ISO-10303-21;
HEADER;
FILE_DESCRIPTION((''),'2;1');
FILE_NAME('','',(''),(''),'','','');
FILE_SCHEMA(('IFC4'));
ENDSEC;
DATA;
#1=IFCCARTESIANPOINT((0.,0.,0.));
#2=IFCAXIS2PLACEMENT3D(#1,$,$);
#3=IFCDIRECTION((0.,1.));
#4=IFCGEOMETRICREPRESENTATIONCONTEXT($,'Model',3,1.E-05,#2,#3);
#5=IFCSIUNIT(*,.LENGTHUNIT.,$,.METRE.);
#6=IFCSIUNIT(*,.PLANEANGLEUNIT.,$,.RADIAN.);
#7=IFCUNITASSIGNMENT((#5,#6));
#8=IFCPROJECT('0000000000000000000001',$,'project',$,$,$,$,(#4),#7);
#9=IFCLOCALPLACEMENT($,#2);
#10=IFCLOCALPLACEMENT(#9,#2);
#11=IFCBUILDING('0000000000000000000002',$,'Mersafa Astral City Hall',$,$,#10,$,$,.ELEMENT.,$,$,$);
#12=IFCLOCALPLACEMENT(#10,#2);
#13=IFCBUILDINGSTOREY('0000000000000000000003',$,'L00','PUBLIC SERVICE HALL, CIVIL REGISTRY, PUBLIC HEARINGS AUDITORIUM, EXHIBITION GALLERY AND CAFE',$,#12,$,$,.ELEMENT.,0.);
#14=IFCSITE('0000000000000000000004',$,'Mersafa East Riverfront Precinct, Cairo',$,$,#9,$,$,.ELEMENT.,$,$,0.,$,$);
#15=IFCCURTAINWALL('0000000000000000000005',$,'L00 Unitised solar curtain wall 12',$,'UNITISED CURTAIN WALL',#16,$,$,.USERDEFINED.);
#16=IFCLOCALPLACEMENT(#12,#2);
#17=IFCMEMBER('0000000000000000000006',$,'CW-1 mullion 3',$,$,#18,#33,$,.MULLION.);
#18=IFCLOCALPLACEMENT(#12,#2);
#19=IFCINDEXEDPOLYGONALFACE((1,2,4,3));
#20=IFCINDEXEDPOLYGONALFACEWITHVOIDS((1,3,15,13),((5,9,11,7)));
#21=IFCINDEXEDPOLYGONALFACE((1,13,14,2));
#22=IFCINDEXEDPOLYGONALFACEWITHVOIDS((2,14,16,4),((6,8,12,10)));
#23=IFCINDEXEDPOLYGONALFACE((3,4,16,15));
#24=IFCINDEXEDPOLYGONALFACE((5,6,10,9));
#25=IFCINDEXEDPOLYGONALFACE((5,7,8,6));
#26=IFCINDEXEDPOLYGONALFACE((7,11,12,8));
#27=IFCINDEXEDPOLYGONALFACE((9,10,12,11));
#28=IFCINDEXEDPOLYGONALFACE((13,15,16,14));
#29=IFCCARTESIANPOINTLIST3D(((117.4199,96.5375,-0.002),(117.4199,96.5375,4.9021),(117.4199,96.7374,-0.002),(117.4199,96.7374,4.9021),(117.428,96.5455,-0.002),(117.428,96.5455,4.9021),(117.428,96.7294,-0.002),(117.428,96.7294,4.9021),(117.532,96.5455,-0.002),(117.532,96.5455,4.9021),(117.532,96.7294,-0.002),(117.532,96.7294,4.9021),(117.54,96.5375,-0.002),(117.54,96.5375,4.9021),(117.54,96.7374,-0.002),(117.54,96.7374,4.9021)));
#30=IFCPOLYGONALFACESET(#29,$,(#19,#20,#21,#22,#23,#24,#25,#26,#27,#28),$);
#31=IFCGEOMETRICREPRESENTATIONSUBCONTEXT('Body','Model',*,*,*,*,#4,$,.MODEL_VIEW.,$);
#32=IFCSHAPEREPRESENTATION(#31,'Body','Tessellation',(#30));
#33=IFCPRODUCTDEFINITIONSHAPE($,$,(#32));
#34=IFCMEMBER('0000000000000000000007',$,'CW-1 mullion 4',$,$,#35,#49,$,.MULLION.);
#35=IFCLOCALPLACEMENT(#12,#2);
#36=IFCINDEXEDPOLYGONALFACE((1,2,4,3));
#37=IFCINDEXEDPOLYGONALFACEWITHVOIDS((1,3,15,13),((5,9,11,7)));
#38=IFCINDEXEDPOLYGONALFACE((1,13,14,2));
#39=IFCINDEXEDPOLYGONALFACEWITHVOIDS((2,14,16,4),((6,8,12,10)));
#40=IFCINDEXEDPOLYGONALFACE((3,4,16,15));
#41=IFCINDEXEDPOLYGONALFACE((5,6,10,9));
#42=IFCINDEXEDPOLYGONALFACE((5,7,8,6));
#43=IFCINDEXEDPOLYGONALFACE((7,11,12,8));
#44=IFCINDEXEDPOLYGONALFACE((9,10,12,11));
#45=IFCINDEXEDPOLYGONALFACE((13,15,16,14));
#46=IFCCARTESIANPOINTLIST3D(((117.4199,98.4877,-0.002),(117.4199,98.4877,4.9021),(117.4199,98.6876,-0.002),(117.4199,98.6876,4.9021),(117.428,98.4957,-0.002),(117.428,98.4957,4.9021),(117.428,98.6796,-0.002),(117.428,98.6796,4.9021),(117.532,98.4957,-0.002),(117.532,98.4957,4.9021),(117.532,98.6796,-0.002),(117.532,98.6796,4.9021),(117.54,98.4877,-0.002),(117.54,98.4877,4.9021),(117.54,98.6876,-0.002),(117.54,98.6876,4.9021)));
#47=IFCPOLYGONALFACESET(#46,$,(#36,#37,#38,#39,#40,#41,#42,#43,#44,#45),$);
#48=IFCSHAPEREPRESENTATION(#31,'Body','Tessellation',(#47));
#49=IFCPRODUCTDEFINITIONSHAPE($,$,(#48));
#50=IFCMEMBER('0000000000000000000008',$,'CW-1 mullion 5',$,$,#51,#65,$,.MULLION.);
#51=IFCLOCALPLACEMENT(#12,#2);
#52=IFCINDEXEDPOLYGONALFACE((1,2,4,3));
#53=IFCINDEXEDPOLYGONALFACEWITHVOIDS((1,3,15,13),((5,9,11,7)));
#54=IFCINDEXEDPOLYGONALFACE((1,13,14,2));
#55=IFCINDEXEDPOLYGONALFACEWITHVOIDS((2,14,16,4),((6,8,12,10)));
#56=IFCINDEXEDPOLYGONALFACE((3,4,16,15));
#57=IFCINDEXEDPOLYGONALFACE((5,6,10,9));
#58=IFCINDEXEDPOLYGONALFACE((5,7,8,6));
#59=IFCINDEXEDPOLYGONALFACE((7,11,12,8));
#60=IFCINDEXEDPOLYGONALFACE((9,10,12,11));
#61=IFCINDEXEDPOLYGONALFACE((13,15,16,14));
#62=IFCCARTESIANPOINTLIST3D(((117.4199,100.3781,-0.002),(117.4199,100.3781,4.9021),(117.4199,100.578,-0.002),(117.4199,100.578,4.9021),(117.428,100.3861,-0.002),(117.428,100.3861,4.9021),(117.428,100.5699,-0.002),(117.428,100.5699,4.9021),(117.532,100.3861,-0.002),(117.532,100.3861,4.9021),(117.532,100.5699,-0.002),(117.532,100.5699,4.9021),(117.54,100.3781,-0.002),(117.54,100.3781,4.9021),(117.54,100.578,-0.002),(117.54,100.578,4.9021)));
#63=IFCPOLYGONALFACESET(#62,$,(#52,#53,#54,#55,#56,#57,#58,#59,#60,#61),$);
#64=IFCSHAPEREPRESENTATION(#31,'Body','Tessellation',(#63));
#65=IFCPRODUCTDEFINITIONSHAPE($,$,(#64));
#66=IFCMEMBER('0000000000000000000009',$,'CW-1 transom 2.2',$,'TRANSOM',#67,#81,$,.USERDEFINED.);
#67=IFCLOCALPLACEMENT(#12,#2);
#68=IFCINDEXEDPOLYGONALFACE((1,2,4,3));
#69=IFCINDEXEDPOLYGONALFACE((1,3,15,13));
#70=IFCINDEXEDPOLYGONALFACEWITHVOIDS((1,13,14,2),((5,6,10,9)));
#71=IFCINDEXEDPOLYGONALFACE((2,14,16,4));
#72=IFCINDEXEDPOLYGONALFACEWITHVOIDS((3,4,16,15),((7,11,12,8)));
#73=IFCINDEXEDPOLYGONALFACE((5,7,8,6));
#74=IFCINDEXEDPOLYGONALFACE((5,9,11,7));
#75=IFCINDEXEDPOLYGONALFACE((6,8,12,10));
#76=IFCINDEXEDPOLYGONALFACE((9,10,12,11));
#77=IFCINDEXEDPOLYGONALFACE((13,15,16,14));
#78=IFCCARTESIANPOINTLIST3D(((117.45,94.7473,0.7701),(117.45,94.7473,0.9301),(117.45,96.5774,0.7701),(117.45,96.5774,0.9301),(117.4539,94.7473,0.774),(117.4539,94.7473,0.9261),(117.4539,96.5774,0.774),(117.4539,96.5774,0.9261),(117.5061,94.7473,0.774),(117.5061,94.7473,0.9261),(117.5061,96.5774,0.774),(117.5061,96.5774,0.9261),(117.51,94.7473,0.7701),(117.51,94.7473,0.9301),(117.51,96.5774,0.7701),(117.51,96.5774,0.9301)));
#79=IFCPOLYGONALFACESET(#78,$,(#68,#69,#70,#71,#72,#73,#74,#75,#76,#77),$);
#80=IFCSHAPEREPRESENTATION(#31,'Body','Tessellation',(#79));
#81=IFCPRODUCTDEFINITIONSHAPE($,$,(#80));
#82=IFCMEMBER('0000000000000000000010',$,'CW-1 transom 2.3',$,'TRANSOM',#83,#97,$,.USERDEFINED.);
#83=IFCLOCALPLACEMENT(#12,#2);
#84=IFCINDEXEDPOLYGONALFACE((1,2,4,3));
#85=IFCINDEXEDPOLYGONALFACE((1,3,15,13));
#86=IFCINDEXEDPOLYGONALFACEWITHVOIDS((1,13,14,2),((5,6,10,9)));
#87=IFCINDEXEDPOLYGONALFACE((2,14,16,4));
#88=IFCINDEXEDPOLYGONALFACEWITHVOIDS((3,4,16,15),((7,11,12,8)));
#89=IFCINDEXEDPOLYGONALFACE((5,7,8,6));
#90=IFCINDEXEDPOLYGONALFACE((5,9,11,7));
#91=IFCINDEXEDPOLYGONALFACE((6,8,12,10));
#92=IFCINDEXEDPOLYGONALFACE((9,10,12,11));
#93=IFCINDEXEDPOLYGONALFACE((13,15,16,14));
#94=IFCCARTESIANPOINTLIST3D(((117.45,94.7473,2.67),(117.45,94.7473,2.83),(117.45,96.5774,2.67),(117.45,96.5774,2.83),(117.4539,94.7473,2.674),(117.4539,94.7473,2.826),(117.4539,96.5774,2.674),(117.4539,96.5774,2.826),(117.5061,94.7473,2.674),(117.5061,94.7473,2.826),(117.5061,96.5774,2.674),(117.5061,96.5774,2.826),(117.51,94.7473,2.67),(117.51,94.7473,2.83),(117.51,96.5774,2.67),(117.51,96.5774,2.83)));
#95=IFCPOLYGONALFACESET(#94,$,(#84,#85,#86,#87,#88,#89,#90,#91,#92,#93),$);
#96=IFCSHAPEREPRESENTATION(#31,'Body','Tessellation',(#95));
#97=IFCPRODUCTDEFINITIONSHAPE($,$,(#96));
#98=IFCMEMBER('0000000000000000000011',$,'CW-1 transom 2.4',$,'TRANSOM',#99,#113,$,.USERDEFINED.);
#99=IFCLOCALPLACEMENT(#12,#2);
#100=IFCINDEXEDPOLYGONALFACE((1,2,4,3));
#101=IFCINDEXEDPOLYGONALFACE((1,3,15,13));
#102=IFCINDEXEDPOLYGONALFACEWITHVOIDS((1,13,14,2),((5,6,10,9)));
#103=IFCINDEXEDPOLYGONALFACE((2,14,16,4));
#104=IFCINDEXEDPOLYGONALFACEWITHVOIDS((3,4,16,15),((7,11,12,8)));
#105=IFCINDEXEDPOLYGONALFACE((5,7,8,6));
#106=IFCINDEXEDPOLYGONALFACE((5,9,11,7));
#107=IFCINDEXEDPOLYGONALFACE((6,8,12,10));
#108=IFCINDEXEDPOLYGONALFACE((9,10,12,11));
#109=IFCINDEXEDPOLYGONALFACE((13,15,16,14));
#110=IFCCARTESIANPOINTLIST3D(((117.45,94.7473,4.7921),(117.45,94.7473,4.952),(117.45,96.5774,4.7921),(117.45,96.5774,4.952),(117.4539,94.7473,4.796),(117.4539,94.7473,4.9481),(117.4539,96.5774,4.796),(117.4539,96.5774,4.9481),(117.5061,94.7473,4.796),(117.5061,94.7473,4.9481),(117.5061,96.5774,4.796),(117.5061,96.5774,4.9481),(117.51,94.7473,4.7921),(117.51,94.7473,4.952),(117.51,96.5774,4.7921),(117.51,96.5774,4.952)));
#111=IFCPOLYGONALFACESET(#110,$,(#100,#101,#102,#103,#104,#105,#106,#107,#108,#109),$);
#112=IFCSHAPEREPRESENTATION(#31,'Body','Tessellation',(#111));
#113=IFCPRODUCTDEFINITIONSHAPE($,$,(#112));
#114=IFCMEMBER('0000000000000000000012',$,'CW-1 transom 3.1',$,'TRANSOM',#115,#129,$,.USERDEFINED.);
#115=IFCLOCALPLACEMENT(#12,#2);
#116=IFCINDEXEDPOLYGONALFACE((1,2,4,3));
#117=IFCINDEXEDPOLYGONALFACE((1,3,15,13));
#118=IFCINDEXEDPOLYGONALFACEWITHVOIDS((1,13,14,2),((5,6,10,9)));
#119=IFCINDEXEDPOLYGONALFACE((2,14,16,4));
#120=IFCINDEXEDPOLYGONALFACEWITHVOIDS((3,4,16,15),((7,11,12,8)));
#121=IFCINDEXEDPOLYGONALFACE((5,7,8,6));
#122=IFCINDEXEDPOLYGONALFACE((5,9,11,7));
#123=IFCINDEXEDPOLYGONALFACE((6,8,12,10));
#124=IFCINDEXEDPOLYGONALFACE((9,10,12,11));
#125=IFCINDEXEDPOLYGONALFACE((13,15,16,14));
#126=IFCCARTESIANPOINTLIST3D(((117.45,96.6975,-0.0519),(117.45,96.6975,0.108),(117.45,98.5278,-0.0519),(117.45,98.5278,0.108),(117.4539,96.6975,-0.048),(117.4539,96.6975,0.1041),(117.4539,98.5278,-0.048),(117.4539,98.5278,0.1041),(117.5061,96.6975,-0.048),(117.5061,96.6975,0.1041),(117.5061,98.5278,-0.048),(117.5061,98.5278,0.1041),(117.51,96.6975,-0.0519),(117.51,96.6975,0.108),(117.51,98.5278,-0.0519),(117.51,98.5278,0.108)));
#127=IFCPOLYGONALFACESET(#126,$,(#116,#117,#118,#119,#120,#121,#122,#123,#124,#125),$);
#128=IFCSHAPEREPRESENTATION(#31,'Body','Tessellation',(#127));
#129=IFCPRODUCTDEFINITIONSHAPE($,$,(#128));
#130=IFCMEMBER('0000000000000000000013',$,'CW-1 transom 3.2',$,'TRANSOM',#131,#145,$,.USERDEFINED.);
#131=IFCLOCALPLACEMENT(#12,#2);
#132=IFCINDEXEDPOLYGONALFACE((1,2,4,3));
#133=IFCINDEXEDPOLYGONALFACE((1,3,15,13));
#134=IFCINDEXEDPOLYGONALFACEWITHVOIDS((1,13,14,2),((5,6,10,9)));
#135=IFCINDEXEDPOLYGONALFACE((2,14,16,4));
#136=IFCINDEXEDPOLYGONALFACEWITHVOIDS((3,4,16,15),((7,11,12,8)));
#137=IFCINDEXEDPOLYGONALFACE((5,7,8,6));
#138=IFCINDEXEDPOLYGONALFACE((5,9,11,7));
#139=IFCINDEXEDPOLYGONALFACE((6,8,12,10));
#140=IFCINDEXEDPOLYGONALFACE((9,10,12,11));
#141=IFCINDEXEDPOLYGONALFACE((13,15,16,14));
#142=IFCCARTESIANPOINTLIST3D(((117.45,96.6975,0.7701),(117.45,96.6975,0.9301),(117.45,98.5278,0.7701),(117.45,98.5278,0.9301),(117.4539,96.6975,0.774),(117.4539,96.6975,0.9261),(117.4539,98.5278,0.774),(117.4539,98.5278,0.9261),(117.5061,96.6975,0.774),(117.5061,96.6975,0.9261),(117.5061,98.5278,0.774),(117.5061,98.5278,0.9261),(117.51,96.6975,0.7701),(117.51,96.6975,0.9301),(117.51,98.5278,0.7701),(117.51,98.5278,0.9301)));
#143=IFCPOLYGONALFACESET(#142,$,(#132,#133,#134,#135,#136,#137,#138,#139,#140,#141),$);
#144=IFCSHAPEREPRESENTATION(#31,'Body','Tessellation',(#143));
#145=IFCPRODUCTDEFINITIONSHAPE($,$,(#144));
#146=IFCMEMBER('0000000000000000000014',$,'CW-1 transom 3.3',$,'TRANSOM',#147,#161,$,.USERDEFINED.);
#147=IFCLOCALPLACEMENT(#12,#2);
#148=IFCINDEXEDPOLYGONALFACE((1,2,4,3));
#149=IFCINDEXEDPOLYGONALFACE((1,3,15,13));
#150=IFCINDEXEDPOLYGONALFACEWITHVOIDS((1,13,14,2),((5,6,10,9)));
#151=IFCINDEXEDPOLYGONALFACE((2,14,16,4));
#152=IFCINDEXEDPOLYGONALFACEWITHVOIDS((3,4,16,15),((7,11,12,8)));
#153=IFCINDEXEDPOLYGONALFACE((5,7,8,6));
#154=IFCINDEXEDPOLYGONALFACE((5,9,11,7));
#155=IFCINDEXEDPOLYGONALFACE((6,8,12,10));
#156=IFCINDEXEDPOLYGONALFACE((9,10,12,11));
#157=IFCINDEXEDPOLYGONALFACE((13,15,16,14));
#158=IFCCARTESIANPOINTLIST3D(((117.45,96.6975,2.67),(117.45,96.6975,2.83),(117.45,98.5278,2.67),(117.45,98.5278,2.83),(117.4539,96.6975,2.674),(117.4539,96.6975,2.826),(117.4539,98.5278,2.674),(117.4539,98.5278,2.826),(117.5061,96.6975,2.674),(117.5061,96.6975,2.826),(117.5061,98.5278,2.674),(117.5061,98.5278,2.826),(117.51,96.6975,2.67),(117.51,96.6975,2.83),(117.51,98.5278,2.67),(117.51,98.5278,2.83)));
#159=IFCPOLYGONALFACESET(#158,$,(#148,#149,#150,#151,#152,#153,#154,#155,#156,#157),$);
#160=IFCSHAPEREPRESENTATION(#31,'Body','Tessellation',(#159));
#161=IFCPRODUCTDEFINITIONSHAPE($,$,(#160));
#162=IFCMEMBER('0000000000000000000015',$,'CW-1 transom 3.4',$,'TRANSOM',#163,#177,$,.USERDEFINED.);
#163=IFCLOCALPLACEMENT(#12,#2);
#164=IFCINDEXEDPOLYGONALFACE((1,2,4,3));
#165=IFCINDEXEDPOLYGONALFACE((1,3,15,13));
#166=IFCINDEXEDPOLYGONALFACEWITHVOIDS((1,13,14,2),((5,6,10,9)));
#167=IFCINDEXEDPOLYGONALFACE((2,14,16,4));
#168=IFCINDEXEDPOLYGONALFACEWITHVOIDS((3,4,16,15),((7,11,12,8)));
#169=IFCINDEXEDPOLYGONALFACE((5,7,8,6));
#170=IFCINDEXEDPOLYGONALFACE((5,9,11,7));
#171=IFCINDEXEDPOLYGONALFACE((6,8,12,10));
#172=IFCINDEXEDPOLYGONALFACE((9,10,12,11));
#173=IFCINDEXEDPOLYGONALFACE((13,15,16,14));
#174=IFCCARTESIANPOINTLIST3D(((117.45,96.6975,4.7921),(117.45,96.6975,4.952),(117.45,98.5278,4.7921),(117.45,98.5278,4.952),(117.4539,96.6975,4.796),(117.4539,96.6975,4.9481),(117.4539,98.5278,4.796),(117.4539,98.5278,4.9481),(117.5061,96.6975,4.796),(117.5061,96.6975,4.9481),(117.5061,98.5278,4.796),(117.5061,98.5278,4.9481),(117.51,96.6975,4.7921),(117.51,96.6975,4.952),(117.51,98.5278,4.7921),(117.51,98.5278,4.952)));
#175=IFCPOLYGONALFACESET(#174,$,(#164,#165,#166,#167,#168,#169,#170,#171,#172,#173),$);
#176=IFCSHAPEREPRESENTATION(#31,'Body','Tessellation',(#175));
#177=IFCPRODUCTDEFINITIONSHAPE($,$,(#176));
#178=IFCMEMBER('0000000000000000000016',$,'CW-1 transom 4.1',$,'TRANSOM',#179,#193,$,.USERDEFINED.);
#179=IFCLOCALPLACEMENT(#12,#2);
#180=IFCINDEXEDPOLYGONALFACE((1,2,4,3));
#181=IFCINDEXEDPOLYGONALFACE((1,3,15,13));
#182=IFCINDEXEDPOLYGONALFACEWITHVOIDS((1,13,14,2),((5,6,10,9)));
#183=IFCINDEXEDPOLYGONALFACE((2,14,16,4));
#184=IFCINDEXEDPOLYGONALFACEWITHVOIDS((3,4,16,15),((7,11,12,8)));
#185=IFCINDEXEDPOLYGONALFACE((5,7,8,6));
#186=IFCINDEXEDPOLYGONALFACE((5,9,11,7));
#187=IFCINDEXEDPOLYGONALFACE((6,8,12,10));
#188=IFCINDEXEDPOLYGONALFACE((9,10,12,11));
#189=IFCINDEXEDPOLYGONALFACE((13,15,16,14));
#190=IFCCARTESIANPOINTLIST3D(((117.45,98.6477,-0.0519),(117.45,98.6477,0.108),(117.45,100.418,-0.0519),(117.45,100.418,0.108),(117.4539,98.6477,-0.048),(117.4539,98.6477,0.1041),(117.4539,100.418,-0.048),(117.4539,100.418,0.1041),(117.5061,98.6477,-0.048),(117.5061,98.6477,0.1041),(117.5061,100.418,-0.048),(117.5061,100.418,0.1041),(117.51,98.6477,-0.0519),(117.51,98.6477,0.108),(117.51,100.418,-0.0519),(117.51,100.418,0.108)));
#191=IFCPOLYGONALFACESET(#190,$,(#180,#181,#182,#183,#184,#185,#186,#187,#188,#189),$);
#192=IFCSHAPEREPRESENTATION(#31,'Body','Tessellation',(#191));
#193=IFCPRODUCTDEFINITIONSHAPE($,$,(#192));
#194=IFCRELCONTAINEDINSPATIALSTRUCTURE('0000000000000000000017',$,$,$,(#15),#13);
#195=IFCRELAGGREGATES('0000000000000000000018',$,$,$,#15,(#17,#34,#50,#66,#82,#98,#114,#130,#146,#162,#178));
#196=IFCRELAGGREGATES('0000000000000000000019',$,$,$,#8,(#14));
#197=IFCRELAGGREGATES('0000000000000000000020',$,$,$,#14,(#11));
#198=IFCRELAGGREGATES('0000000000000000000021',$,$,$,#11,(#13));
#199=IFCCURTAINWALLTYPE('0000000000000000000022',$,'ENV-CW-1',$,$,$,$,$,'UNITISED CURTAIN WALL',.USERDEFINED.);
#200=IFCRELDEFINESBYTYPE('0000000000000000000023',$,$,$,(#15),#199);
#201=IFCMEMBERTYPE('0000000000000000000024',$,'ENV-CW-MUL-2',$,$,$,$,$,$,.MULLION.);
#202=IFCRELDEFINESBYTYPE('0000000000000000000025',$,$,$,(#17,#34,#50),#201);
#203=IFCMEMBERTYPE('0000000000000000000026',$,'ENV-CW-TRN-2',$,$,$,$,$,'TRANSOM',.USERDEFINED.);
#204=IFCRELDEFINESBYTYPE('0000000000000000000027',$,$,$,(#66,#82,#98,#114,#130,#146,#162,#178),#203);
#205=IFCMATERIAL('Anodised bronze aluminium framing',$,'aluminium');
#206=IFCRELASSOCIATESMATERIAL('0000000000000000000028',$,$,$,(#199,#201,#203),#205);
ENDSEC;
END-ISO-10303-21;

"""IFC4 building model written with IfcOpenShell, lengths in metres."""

from ifc_helpers import new_model, si_unit, direction, frame, origin, origin_2d, place, context, subcontext, project, spatial, hollow_rectangle, extrude, material, material_profile, profile_set, type_object, element, aggregate, save


model = new_model("IFC4")

# Units and contexts
model_context = context("Model", 3, precision=1e-05, world=origin(), true_north=direction((0.0, 1.0)))
body_context = subcontext(model_context, "Body", "Model", "MODEL_VIEW")
ifc_project = project(units=[si_unit("LENGTHUNIT", "METRE"), si_unit("PLANEANGLEUNIT", "RADIAN")], contexts=[model_context])

# Site, building, storey
site_placement = place(None, origin())
site = spatial("IfcSite", under=ifc_project, at=site_placement, Name="Mersafa East Riverfront Precinct, Cairo", CompositionType="ELEMENT", RefElevation=0.0)
building_placement = place(site_placement, origin())
building = spatial("IfcBuilding", under=site, at=building_placement, Name="Mersafa Astral City Hall", CompositionType="ELEMENT")
storey_placement = place(building_placement, origin())
storey = spatial("IfcBuildingStorey", under=building, at=storey_placement, Name="L00", Description="PUBLIC SERVICE HALL, CIVIL REGISTRY, PUBLIC HEARINGS AUDITORIUM, EXHIBITION GALLERY AND CAFE", CompositionType="ELEMENT", Elevation=0.0)

# Curtain wall, members
ifc_material_1 = material(Name="Anodised bronze aluminium framing", Category="aluminium")
curtain_wall_type = type_object("IfcCurtainWallType", Name="ENV-CW-1", ElementType="UNITISED CURTAIN WALL", PredefinedType="USERDEFINED", material=ifc_material_1)
curtain_wall_placement = place(storey_placement, origin())
curtain_wall = element("IfcCurtainWall", 1, at=curtain_wall_placement, inside=storey, type_object=curtain_wall_type, Name="L00 Unitised solar curtain wall 12", ObjectType="UNITISED CURTAIN WALL", PredefinedType="USERDEFINED")
ifc_material_profile_1 = material_profile(ifc_material_1, hollow_rectangle(XDim=0.1201, YDim=0.2, WallThickness=0.0081, at=origin_2d()), Name="RHS 120x200x8")
ifc_profile_set_1 = profile_set([ifc_material_profile_1], Name="Anodised bronze aluminium framing")
member_type_1 = type_object("IfcMemberType", Name="ENV-CW-MUL-2", PredefinedType="MULLION", material=ifc_profile_set_1)
member_1_placement = place(storey_placement, frame((117.48, 96.6375, -0.002), z_axis=(0.0, 0.0, 1.0), x_axis=(-1.0, 0.0, 0.0)))
member_1 = element("IfcMember", 2, at=member_1_placement, type_object=member_type_1, Name="CW-1 mullion 3", PredefinedType="MULLION", context=body_context, shape_type="SweptSolid", body=[
    extrude(hollow_rectangle(XDim=0.1201, YDim=0.2, WallThickness=0.0081, at=origin_2d()), origin(), (0.0, 0.0, 1.0), 4.9041),
])
member_2_placement = place(storey_placement, frame((117.48, 98.5876, -0.002), z_axis=(0.0, 0.0, 1.0), x_axis=(-1.0, 0.0, 0.0)))
member_2 = element("IfcMember", 3, at=member_2_placement, type_object=member_type_1, Name="CW-1 mullion 4", PredefinedType="MULLION", context=body_context, shape_type="SweptSolid", body=[
    extrude(hollow_rectangle(XDim=0.1201, YDim=0.2, WallThickness=0.0081, at=origin_2d()), origin(), (0.0, 0.0, 1.0), 4.9041),
])
member_3_placement = place(storey_placement, frame((117.48, 100.478, -0.002), z_axis=(0.0, 0.0, 1.0), x_axis=(-1.0, 0.0, 0.0)))
member_3 = element("IfcMember", 4, at=member_3_placement, type_object=member_type_1, Name="CW-1 mullion 5", PredefinedType="MULLION", context=body_context, shape_type="SweptSolid", body=[
    extrude(hollow_rectangle(XDim=0.1201, YDim=0.2, WallThickness=0.0081, at=origin_2d()), origin(), (0.0, 0.0, 1.0), 4.9041),
])
ifc_material_profile_2 = material_profile(ifc_material_1, hollow_rectangle(XDim=0.0601, YDim=0.1599, WallThickness=0.0039, at=origin_2d()), Name="RHS 60x160x4")
ifc_profile_set_2 = profile_set([ifc_material_profile_2], Name="Anodised bronze aluminium framing")
member_type_2 = type_object("IfcMemberType", Name="ENV-CW-TRN-2", ElementType="TRANSOM", PredefinedType="USERDEFINED", material=ifc_profile_set_2)
member_4_placement = place(storey_placement, frame((117.48, 94.7473, 0.8501), z_axis=(0.0, 1.0, 0.0), x_axis=(-1.0, 0.0, 0.0)))
member_4 = element("IfcMember", 5, at=member_4_placement, type_object=member_type_2, Name="CW-1 transom 2.2", ObjectType="TRANSOM", PredefinedType="USERDEFINED", context=body_context, shape_type="SweptSolid", body=[
    extrude(hollow_rectangle(XDim=0.0601, YDim=0.1599, WallThickness=0.0039, at=origin_2d()), origin(), (0.0, 0.0, 1.0), 1.8301),
])
member_5_placement = place(storey_placement, frame((117.48, 94.7473, 2.75), z_axis=(0.0, 1.0, 0.0), x_axis=(-1.0, 0.0, 0.0)))
member_5 = element("IfcMember", 6, at=member_5_placement, type_object=member_type_2, Name="CW-1 transom 2.3", ObjectType="TRANSOM", PredefinedType="USERDEFINED", context=body_context, shape_type="SweptSolid", body=[
    extrude(hollow_rectangle(XDim=0.0601, YDim=0.1599, WallThickness=0.0039, at=origin_2d()), origin(), (0.0, 0.0, 1.0), 1.8301),
])
member_6_placement = place(storey_placement, frame((117.48, 94.7473, 4.8721), z_axis=(0.0, 1.0, 0.0), x_axis=(-1.0, 0.0, 0.0)))
member_6 = element("IfcMember", 7, at=member_6_placement, type_object=member_type_2, Name="CW-1 transom 2.4", ObjectType="TRANSOM", PredefinedType="USERDEFINED", context=body_context, shape_type="SweptSolid", body=[
    extrude(hollow_rectangle(XDim=0.0601, YDim=0.1599, WallThickness=0.0039, at=origin_2d()), origin(), (0.0, 0.0, 1.0), 1.8301),
])
member_7_placement = place(storey_placement, frame((117.48, 96.6975, 0.0281), z_axis=(0.0, 1.0, 0.0), x_axis=(-1.0, 0.0, 0.0)))
member_7 = element("IfcMember", 8, at=member_7_placement, type_object=member_type_2, Name="CW-1 transom 3.1", ObjectType="TRANSOM", PredefinedType="USERDEFINED", context=body_context, shape_type="SweptSolid", body=[
    extrude(hollow_rectangle(XDim=0.0601, YDim=0.1599, WallThickness=0.0039, at=origin_2d()), origin(), (0.0, 0.0, 1.0), 1.8303),
])
member_8_placement = place(storey_placement, frame((117.48, 96.6975, 0.8501), z_axis=(0.0, 1.0, 0.0), x_axis=(-1.0, 0.0, 0.0)))
member_8 = element("IfcMember", 9, at=member_8_placement, type_object=member_type_2, Name="CW-1 transom 3.2", ObjectType="TRANSOM", PredefinedType="USERDEFINED", context=body_context, shape_type="SweptSolid", body=[
    extrude(hollow_rectangle(XDim=0.0601, YDim=0.1599, WallThickness=0.0039, at=origin_2d()), origin(), (0.0, 0.0, 1.0), 1.8303),
])
member_9_placement = place(storey_placement, frame((117.48, 96.6975, 2.75), z_axis=(0.0, 1.0, 0.0), x_axis=(-1.0, 0.0, 0.0)))
member_9 = element("IfcMember", 10, at=member_9_placement, type_object=member_type_2, Name="CW-1 transom 3.3", ObjectType="TRANSOM", PredefinedType="USERDEFINED", context=body_context, shape_type="SweptSolid", body=[
    extrude(hollow_rectangle(XDim=0.0601, YDim=0.1599, WallThickness=0.0039, at=origin_2d()), origin(), (0.0, 0.0, 1.0), 1.8303),
])
member_10_placement = place(storey_placement, frame((117.48, 96.6975, 4.8721), z_axis=(0.0, 1.0, 0.0), x_axis=(-1.0, 0.0, 0.0)))
member_10 = element("IfcMember", 11, at=member_10_placement, type_object=member_type_2, Name="CW-1 transom 3.4", ObjectType="TRANSOM", PredefinedType="USERDEFINED", context=body_context, shape_type="SweptSolid", body=[
    extrude(hollow_rectangle(XDim=0.0601, YDim=0.1599, WallThickness=0.0039, at=origin_2d()), origin(), (0.0, 0.0, 1.0), 1.8303),
])
member_11_placement = place(storey_placement, frame((117.48, 98.6477, 0.0281), z_axis=(0.0, 1.0, 0.0), x_axis=(-1.0, 0.0, 0.0)))
member_11 = element("IfcMember", 12, at=member_11_placement, type_object=member_type_2, Name="CW-1 transom 4.1", ObjectType="TRANSOM", PredefinedType="USERDEFINED", context=body_context, shape_type="SweptSolid", body=[
    extrude(hollow_rectangle(XDim=0.0601, YDim=0.1599, WallThickness=0.0039, at=origin_2d()), origin(), (0.0, 0.0, 1.0), 1.7703),
])
aggregate(curtain_wall, [member_1, member_2, member_3, member_4, member_5, member_6, member_7, member_8, member_9, member_10, member_11])

save(model, "model.ifc")
